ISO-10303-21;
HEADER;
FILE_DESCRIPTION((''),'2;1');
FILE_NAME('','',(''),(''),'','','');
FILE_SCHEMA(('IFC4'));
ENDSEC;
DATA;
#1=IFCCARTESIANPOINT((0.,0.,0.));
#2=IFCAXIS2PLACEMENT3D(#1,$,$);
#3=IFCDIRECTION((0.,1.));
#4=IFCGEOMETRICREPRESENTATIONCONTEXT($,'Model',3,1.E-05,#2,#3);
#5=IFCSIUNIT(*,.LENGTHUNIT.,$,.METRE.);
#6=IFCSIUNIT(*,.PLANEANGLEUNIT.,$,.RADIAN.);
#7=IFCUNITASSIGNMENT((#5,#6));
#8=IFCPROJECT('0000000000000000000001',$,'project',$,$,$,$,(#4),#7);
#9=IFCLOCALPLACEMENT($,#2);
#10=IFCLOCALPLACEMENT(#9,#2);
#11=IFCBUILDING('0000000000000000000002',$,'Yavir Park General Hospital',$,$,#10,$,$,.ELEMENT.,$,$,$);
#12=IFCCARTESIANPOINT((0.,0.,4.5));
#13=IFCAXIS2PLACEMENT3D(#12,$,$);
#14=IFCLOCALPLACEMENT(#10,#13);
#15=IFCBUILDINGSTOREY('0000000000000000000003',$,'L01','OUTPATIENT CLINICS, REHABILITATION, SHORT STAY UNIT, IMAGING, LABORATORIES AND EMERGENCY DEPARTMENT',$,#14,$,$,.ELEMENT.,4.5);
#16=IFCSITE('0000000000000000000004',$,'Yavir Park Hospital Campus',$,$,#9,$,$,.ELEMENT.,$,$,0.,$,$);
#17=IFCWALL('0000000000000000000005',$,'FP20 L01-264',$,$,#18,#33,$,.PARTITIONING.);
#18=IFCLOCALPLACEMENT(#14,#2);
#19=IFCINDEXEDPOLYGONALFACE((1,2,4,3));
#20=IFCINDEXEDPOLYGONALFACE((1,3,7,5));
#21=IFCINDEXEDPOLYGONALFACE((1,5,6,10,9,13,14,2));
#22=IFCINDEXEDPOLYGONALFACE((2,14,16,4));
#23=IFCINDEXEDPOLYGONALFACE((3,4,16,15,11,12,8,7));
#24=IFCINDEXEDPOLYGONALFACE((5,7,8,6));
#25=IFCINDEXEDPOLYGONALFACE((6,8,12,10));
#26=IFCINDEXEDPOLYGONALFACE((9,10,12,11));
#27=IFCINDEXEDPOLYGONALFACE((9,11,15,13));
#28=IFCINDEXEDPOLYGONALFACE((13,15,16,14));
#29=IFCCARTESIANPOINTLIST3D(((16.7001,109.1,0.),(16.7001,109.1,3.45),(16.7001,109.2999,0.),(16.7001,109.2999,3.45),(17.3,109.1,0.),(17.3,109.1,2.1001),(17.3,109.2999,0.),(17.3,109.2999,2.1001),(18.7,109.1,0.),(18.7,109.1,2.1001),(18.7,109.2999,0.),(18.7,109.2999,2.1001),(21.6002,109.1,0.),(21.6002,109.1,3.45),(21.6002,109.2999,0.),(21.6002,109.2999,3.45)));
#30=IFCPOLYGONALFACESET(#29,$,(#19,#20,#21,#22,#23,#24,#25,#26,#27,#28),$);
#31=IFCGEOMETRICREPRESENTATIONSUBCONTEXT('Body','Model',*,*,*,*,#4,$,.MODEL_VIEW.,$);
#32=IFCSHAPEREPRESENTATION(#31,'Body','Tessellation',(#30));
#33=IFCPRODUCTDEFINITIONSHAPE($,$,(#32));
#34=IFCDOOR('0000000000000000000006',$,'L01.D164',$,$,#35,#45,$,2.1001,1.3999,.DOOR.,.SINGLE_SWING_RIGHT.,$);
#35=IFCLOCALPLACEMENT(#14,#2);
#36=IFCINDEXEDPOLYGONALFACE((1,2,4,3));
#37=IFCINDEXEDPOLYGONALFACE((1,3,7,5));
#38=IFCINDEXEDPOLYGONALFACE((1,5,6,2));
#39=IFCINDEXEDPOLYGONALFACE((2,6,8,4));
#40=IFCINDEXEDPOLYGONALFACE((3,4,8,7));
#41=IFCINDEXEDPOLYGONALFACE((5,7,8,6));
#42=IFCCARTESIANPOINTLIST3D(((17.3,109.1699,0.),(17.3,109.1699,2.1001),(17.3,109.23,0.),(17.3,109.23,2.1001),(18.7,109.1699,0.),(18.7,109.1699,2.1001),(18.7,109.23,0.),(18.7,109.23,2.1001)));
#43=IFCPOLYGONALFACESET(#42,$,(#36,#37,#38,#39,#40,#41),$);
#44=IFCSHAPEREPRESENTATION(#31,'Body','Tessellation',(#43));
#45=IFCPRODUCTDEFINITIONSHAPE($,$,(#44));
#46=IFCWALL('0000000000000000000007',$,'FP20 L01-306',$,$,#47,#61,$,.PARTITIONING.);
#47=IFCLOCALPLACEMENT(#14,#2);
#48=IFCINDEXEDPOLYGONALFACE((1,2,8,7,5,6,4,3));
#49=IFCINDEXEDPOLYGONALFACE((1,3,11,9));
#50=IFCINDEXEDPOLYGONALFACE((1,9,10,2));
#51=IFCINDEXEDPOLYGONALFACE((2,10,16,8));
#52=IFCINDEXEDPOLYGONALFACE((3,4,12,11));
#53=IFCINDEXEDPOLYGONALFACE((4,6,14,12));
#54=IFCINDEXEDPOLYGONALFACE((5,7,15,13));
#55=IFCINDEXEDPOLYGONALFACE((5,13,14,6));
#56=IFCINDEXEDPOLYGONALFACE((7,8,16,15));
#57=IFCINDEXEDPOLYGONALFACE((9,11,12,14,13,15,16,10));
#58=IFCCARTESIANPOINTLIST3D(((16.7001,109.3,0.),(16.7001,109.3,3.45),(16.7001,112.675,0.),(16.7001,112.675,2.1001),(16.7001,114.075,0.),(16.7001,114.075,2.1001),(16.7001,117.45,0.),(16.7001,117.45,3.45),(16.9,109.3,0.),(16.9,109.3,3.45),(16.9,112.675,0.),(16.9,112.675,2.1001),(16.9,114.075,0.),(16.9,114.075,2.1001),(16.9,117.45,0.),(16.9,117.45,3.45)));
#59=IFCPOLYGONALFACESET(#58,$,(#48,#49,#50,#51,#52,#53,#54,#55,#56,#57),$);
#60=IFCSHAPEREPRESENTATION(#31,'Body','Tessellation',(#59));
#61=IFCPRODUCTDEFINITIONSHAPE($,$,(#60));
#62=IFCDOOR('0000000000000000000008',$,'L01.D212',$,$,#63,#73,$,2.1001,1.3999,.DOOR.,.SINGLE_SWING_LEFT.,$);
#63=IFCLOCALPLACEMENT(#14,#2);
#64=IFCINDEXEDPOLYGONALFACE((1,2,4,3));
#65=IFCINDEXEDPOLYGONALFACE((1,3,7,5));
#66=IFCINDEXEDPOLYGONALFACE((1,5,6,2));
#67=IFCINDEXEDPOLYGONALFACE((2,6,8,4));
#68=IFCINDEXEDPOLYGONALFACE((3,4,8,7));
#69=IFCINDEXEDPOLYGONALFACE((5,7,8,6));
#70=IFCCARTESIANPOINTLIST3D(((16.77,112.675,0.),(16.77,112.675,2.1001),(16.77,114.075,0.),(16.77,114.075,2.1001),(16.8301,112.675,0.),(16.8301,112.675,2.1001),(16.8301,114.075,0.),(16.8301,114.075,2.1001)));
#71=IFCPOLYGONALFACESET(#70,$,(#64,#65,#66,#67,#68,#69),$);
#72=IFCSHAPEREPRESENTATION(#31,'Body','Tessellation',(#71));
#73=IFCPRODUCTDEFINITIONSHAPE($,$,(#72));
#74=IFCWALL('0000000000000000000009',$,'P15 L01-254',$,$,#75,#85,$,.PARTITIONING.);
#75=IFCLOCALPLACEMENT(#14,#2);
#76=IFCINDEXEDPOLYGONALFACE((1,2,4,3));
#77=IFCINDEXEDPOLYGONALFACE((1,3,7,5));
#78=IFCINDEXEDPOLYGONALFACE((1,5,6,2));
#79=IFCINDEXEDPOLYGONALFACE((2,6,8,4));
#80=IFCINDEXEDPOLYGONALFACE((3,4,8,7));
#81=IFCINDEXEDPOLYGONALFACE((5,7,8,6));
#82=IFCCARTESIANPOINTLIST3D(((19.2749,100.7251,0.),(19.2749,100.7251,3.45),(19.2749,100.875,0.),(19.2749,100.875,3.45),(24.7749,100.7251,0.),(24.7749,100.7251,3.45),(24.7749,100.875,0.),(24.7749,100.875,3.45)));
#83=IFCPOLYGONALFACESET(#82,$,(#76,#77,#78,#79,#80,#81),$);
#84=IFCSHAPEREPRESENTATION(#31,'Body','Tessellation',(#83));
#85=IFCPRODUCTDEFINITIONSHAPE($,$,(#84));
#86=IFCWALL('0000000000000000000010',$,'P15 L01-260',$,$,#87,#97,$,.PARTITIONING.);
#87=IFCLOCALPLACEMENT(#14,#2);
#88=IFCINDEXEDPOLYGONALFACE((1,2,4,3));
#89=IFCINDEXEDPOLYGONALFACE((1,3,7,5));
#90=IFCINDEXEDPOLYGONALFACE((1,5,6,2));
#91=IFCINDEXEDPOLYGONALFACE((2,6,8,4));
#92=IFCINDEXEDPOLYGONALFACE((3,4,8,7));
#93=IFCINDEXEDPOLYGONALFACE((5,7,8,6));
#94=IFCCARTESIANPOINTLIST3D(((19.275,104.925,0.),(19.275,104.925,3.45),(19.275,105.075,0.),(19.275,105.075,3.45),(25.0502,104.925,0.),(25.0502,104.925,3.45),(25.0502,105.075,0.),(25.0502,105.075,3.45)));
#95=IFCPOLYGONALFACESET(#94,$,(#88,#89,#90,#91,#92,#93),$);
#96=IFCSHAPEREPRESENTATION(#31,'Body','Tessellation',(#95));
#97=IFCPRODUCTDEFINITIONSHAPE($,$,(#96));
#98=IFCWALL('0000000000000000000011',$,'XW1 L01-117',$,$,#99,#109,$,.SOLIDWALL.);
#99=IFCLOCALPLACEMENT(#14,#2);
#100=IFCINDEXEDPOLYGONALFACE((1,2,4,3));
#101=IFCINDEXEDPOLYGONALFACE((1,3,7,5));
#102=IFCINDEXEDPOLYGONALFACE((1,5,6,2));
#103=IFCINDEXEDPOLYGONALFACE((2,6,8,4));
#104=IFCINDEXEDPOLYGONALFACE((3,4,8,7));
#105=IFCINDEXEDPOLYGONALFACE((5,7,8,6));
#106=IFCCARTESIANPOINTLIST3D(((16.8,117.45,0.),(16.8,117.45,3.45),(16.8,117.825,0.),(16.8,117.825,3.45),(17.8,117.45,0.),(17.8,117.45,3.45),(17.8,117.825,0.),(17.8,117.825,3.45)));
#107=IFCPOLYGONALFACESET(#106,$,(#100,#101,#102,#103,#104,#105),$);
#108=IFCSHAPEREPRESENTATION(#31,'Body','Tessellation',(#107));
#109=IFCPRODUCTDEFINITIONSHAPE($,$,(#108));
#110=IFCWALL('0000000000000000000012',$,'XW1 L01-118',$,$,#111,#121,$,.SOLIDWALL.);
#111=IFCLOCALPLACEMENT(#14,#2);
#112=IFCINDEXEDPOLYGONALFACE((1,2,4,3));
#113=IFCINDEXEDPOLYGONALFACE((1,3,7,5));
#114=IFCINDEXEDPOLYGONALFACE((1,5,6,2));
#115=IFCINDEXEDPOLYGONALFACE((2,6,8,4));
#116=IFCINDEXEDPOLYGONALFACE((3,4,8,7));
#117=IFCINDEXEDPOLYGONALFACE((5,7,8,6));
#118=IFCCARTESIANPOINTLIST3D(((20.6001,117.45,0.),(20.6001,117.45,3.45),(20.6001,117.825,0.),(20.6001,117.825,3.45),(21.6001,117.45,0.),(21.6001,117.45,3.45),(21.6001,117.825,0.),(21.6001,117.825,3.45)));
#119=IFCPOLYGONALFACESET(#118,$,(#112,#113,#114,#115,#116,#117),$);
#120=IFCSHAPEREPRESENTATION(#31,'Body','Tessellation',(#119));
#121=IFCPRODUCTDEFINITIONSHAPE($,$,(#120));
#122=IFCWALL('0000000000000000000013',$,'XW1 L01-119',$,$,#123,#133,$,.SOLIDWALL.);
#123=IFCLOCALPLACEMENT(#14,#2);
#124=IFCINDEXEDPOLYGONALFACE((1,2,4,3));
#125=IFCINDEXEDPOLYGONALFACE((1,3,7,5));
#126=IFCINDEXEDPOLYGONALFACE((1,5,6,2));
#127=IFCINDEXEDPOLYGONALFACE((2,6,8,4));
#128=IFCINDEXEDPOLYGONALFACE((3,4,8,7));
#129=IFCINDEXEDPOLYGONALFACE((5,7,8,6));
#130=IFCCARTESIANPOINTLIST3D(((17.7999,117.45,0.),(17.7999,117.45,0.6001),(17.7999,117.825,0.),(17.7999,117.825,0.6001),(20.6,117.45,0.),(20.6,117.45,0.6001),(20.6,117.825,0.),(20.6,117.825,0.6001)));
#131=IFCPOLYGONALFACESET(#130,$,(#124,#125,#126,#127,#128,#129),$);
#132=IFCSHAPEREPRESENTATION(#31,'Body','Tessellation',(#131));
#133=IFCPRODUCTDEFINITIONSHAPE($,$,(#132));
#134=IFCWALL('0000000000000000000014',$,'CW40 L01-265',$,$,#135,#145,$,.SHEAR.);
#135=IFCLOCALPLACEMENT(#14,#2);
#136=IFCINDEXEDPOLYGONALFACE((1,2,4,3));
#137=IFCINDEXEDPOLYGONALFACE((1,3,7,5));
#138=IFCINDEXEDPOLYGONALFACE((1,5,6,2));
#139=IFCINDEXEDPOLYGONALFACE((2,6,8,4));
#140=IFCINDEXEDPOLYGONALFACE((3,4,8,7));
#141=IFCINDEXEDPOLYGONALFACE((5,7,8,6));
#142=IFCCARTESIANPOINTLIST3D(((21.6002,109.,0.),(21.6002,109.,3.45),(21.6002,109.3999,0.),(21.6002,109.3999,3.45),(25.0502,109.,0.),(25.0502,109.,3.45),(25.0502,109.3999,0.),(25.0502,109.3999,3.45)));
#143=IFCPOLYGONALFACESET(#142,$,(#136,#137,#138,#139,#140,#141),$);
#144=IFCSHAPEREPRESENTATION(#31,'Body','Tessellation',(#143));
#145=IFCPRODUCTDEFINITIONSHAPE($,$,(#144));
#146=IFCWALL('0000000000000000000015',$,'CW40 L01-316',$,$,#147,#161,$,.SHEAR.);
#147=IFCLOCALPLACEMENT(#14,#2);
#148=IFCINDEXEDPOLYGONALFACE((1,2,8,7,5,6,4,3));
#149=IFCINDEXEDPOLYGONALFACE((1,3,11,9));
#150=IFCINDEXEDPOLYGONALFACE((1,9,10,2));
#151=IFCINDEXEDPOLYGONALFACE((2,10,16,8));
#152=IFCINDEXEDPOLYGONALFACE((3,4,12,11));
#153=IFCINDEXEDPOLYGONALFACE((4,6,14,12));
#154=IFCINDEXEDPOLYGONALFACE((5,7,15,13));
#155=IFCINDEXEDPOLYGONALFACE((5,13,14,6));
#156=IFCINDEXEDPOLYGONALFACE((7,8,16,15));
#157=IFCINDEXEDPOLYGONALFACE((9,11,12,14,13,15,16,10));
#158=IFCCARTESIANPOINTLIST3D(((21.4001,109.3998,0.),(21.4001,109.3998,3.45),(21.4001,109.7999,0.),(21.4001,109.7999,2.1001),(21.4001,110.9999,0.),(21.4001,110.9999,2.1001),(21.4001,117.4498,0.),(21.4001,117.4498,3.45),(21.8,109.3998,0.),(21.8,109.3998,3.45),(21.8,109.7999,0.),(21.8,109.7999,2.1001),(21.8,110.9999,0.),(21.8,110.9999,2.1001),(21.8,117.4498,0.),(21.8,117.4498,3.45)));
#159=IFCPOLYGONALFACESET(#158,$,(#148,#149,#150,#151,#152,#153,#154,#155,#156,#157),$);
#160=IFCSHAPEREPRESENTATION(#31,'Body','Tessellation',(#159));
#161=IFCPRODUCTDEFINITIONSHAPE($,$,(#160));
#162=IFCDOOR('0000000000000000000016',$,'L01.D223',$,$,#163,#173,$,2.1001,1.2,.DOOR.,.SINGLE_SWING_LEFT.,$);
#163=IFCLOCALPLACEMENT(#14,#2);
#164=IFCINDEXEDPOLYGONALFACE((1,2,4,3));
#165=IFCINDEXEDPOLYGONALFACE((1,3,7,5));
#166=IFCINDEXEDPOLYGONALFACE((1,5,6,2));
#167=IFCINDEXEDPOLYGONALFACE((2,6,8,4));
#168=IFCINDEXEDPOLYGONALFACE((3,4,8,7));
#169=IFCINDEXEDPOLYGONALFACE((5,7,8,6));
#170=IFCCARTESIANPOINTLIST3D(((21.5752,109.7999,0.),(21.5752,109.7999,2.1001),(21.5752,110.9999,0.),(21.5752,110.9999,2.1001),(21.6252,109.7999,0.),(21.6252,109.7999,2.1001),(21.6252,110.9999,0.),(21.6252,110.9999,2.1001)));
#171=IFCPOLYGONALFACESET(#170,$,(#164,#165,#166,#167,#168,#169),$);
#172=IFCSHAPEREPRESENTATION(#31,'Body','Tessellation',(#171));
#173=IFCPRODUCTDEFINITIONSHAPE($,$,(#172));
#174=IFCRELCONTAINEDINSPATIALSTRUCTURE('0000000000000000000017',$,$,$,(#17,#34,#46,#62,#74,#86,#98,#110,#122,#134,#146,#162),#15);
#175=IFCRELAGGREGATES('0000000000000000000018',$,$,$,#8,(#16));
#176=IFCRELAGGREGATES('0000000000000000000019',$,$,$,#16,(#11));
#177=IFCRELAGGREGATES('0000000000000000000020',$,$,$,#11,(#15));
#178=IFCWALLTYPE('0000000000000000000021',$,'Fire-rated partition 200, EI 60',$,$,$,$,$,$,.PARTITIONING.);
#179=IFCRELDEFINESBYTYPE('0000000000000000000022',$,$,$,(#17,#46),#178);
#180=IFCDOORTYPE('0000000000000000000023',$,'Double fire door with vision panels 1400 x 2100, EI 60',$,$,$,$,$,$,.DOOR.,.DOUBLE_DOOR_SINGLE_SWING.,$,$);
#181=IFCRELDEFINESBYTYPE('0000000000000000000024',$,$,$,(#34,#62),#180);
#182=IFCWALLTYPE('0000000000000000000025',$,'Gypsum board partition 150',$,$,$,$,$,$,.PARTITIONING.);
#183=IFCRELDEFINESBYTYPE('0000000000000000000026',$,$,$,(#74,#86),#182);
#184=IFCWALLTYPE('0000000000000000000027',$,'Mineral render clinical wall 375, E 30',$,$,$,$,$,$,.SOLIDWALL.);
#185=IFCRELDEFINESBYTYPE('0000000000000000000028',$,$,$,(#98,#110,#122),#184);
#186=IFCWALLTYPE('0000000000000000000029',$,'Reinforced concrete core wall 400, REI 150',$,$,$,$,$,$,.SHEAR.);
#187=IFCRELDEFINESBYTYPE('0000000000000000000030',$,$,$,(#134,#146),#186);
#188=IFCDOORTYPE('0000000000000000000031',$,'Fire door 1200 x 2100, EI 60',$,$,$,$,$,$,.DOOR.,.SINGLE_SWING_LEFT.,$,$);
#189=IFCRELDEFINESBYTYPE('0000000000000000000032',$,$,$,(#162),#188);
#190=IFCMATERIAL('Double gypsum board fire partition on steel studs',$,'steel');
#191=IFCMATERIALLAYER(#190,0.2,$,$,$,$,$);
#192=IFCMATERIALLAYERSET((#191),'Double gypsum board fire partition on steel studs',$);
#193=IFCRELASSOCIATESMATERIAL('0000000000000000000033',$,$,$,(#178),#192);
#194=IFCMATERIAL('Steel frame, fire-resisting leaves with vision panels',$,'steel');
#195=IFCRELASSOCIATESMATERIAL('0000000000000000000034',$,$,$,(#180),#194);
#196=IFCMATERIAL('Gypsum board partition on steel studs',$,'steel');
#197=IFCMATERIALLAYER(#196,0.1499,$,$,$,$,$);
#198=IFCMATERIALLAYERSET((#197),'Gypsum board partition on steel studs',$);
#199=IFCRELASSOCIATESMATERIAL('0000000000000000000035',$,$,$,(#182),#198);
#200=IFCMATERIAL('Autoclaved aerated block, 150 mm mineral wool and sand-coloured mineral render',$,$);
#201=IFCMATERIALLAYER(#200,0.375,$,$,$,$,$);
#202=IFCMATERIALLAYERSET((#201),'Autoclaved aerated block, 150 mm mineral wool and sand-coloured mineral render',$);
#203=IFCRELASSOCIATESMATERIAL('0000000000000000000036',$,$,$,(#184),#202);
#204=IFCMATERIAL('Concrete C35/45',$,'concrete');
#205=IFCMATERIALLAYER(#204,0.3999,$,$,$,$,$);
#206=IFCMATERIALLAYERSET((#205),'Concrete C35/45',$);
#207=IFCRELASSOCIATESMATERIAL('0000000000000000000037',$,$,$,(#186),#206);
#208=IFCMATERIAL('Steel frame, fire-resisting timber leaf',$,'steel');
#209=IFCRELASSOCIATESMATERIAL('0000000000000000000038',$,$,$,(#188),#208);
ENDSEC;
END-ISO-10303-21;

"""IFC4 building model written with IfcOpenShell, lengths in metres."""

from ifc_helpers import new_model, si_unit, direction, frame, frame_2d, origin, place, context, subcontext, project, spatial, rectangle, extrude, material, layer, layer_set, type_object, element, fill, save


model = new_model("IFC4")

# Units and contexts
model_context = context("Model", 3, precision=1e-05, world=origin(), true_north=direction((0.0, 1.0)))
body_context = subcontext(model_context, "Body", "Model", "MODEL_VIEW")
ifc_project = project(units=[si_unit("LENGTHUNIT", "METRE"), si_unit("PLANEANGLEUNIT", "RADIAN")], contexts=[model_context])

# Site, building, storey
site_placement = place(None, origin())
site = spatial("IfcSite", under=ifc_project, at=site_placement, Name="Yavir Park Hospital Campus", CompositionType="ELEMENT", RefElevation=0.0)
building_placement = place(site_placement, origin())
building = spatial("IfcBuilding", under=site, at=building_placement, Name="Yavir Park General Hospital", CompositionType="ELEMENT")
storey_placement = place(building_placement, frame((0.0, 0.0, 4.5)))
storey = spatial("IfcBuildingStorey", under=building, at=storey_placement, Name="L01", Description="OUTPATIENT CLINICS, REHABILITATION, SHORT STAY UNIT, IMAGING, LABORATORIES AND EMERGENCY DEPARTMENT", CompositionType="ELEMENT", Elevation=4.5)

# Walls, openings, doors
ifc_material_1 = material(Name="Double gypsum board fire partition on steel studs", Category="steel")
ifc_layer_1 = layer(ifc_material_1, 0.2)
ifc_layer_set_1 = layer_set([ifc_layer_1], Name="Double gypsum board fire partition on steel studs")
wall_type_1 = type_object("IfcWallType", Name="Fire-rated partition 200, EI 60", PredefinedType="PARTITIONING", material=ifc_layer_set_1)
wall_1_placement = place(storey_placement, frame((16.7, 109.2, 0.0), z_axis=(0.0, 0.0, 1.0), x_axis=(1.0, 0.0, 0.0)))
wall_1 = element("IfcWall", 1, at=wall_1_placement, inside=storey, type_object=wall_type_1, Name="FP20 L01-264", PredefinedType="PARTITIONING", context=body_context, shape_type="SweptSolid", body=[
    extrude(rectangle(XDim=4.9001, YDim=0.2, at=frame_2d((2.4502, 0.0))), origin(), (0.0, 0.0, 1.0), 3.45),
])
opening_1_placement = place(wall_1_placement, frame((0.6001, 0.0, 0.0)))
opening_1 = element("IfcOpeningElement", 2, at=opening_1_placement, cuts=wall_1, PredefinedType="OPENING", context=body_context, shape_type="SweptSolid", body=[
    extrude(rectangle(XDim=1.3999, YDim=2.1001, at=frame_2d((0.7, 1.05))), frame((0.0, 0.1099, 0.0), z_axis=(0.0, -1.0, 0.0), x_axis=(1.0, 0.0, 0.0)), (0.0, 0.0, 1.0), 0.22),
])
ifc_material_2 = material(Name="Steel frame, fire-resisting leaves with vision panels", Category="steel")
door_type_1 = type_object("IfcDoorType", Name="Double fire door with vision panels 1400 x 2100, EI 60", OperationType="DOUBLE_DOOR_SINGLE_SWING", PredefinedType="DOOR", material=ifc_material_2)
door_1_placement = place(opening_1_placement, origin())
door_1 = element("IfcDoor", 3, at=door_1_placement, inside=storey, type_object=door_type_1, Name="L01.D164", OperationType="SINGLE_SWING_RIGHT", OverallHeight=2.1001, OverallWidth=1.3999, PredefinedType="DOOR", context=body_context, shape_type="SweptSolid", body=[
    extrude(rectangle(XDim=1.3999, YDim=2.1001, at=frame_2d((0.7, 1.05))), frame((0.0, 0.03, 0.0), z_axis=(0.0, -1.0, 0.0), x_axis=(1.0, 0.0, 0.0)), (0.0, 0.0, 1.0), 0.0601),
])
fill(opening_1, door_1)
wall_2_placement = place(storey_placement, frame((16.8, 109.3, 0.0), z_axis=(0.0, 0.0, 1.0), x_axis=(0.0, 1.0, 0.0)))
wall_2 = element("IfcWall", 4, at=wall_2_placement, inside=storey, type_object=wall_type_1, Name="FP20 L01-306", PredefinedType="PARTITIONING", context=body_context, shape_type="SweptSolid", body=[
    extrude(rectangle(XDim=8.1499, YDim=0.2, at=frame_2d((4.075, 0.0))), origin(), (0.0, 0.0, 1.0), 3.45),
])
opening_2_placement = place(wall_2_placement, frame((3.375, 0.0, 0.0)))
opening_2 = element("IfcOpeningElement", 5, at=opening_2_placement, cuts=wall_2, PredefinedType="OPENING", context=body_context, shape_type="SweptSolid", body=[
    extrude(rectangle(XDim=1.3999, YDim=2.1001, at=frame_2d((0.7, 1.05))), frame((0.0, 0.1099, 0.0), z_axis=(0.0, -1.0, 0.0), x_axis=(1.0, 0.0, 0.0)), (0.0, 0.0, 1.0), 0.22),
])
door_2_placement = place(opening_2_placement, origin())
door_2 = element("IfcDoor", 6, at=door_2_placement, inside=storey, type_object=door_type_1, Name="L01.D212", OperationType="SINGLE_SWING_LEFT", OverallHeight=2.1001, OverallWidth=1.3999, PredefinedType="DOOR", context=body_context, shape_type="SweptSolid", body=[
    extrude(rectangle(XDim=1.3999, YDim=2.1001, at=frame_2d((0.7, 1.05))), frame((0.0, 0.03, 0.0), z_axis=(0.0, -1.0, 0.0), x_axis=(1.0, 0.0, 0.0)), (0.0, 0.0, 1.0), 0.0601),
])
fill(opening_2, door_2)

# Walls
ifc_material_3 = material(Name="Gypsum board partition on steel studs", Category="steel")
ifc_layer_2 = layer(ifc_material_3, 0.1499)
ifc_layer_set_2 = layer_set([ifc_layer_2], Name="Gypsum board partition on steel studs")
wall_type_2 = type_object("IfcWallType", Name="Gypsum board partition 150", PredefinedType="PARTITIONING", material=ifc_layer_set_2)
wall_3_placement = place(storey_placement, frame((19.2749, 100.8, 0.0), z_axis=(0.0, 0.0, 1.0), x_axis=(1.0, 0.0, 0.0)))
element("IfcWall", 7, at=wall_3_placement, inside=storey, type_object=wall_type_2, Name="P15 L01-254", PredefinedType="PARTITIONING", context=body_context, shape_type="SweptSolid", body=[
    extrude(rectangle(XDim=5.5, YDim=0.1499, at=frame_2d((2.75, 0.0))), origin(), (0.0, 0.0, 1.0), 3.45),
])
wall_4_placement = place(storey_placement, frame((19.2749, 105.0, 0.0), z_axis=(0.0, 0.0, 1.0), x_axis=(1.0, 0.0, 0.0)))
element("IfcWall", 8, at=wall_4_placement, inside=storey, type_object=wall_type_2, Name="P15 L01-260", PredefinedType="PARTITIONING", context=body_context, shape_type="SweptSolid", body=[
    extrude(rectangle(XDim=5.7751, YDim=0.1499, at=frame_2d((2.8877, 0.0))), origin(), (0.0, 0.0, 1.0), 3.45),
])
ifc_material_4 = material(Name="Autoclaved aerated block, 150 mm mineral wool and sand-coloured mineral render")
ifc_layer_3 = layer(ifc_material_4, 0.375)
ifc_layer_set_3 = layer_set([ifc_layer_3], Name="Autoclaved aerated block, 150 mm mineral wool and sand-coloured mineral render")
wall_type_3 = type_object("IfcWallType", Name="Mineral render clinical wall 375, E 30", PredefinedType="SOLIDWALL", material=ifc_layer_set_3)
for number, where, z_axis, x_axis, name in (
    (9, (16.8, 117.6375, 0.0), (0.0, 0.0, 1.0), (1.0, 0.0, 0.0), "XW1 L01-117"),
    (10, (20.6001, 117.6375, 0.0), (0.0, 0.0, 1.0), (1.0, 0.0, 0.0), "XW1 L01-118"),
):
    element("IfcWall", number, at=place(storey_placement, frame(where, z_axis=z_axis, x_axis=x_axis)), inside=storey, type_object=wall_type_3, Name=name, PredefinedType="SOLIDWALL", context=body_context, shape_type="SweptSolid", body=[
        extrude(rectangle(XDim=1.0, YDim=0.375, at=frame_2d((0.5, 0.0))), origin(), (0.0, 0.0, 1.0), 3.45),
    ])
wall_5_placement = place(storey_placement, frame((17.8, 117.6375, 0.0), z_axis=(0.0, 0.0, 1.0), x_axis=(1.0, 0.0, 0.0)))
element("IfcWall", 11, at=wall_5_placement, inside=storey, type_object=wall_type_3, Name="XW1 L01-119", PredefinedType="SOLIDWALL", context=body_context, shape_type="SweptSolid", body=[
    extrude(rectangle(XDim=2.8, YDim=0.375, at=frame_2d((1.3999, 0.0))), origin(), (0.0, 0.0, 1.0), 0.6001),
])
ifc_material_5 = material(Name="Concrete C35/45", Category="concrete")
ifc_layer_4 = layer(ifc_material_5, 0.3999)
ifc_layer_set_4 = layer_set([ifc_layer_4], Name="Concrete C35/45")
wall_type_4 = type_object("IfcWallType", Name="Reinforced concrete core wall 400, REI 150", PredefinedType="SHEAR", material=ifc_layer_set_4)
wall_6_placement = place(storey_placement, frame((21.6001, 109.2, 0.0), z_axis=(0.0, 0.0, 1.0), x_axis=(1.0, 0.0, 0.0)))
element("IfcWall", 12, at=wall_6_placement, inside=storey, type_object=wall_type_4, Name="CW40 L01-265", PredefinedType="SHEAR", context=body_context, shape_type="SweptSolid", body=[
    extrude(rectangle(XDim=3.45, YDim=0.3999, at=frame_2d((1.7251, 0.0))), origin(), (0.0, 0.0, 1.0), 3.45),
])

# Wall, opening, door
wall_7_placement = place(storey_placement, frame((21.6001, 109.3999, 0.0), z_axis=(0.0, 0.0, 1.0), x_axis=(0.0, 1.0, 0.0)))
wall_7 = element("IfcWall", 13, at=wall_7_placement, inside=storey, type_object=wall_type_4, Name="CW40 L01-316", PredefinedType="SHEAR", context=body_context, shape_type="SweptSolid", body=[
    extrude(rectangle(XDim=8.05, YDim=0.3999, at=frame_2d((4.0249, 0.0))), origin(), (0.0, 0.0, 1.0), 3.45),
])
opening_3_placement = place(wall_7_placement, frame((0.3999, 0.0, 0.0)))
opening_3 = element("IfcOpeningElement", 14, at=opening_3_placement, cuts=wall_7, PredefinedType="OPENING", context=body_context, shape_type="SweptSolid", body=[
    extrude(rectangle(XDim=1.2, YDim=2.1001, at=frame_2d((0.6001, 1.05))), frame((0.0, 0.21, 0.0), z_axis=(0.0, -1.0, 0.0), x_axis=(1.0, 0.0, 0.0)), (0.0, 0.0, 1.0), 0.4199),
])
ifc_material_6 = material(Name="Steel frame, fire-resisting timber leaf", Category="steel")
door_type_2 = type_object("IfcDoorType", Name="Fire door 1200 x 2100, EI 60", OperationType="SINGLE_SWING_LEFT", PredefinedType="DOOR", material=ifc_material_6)
door_3_placement = place(opening_3_placement, origin())
door_3 = element("IfcDoor", 15, at=door_3_placement, inside=storey, type_object=door_type_2, Name="L01.D223", OperationType="SINGLE_SWING_LEFT", OverallHeight=2.1001, OverallWidth=1.2, PredefinedType="DOOR", context=body_context, shape_type="SweptSolid", body=[
    extrude(rectangle(XDim=1.2, YDim=2.1001, at=frame_2d((0.6001, 1.05))), frame((0.0, 0.0249, 0.0), z_axis=(0.0, -1.0, 0.0), x_axis=(1.0, 0.0, 0.0)), (0.0, 0.0, 1.0), 0.05),
])
fill(opening_3, door_3)

save(model, "model.ifc")
